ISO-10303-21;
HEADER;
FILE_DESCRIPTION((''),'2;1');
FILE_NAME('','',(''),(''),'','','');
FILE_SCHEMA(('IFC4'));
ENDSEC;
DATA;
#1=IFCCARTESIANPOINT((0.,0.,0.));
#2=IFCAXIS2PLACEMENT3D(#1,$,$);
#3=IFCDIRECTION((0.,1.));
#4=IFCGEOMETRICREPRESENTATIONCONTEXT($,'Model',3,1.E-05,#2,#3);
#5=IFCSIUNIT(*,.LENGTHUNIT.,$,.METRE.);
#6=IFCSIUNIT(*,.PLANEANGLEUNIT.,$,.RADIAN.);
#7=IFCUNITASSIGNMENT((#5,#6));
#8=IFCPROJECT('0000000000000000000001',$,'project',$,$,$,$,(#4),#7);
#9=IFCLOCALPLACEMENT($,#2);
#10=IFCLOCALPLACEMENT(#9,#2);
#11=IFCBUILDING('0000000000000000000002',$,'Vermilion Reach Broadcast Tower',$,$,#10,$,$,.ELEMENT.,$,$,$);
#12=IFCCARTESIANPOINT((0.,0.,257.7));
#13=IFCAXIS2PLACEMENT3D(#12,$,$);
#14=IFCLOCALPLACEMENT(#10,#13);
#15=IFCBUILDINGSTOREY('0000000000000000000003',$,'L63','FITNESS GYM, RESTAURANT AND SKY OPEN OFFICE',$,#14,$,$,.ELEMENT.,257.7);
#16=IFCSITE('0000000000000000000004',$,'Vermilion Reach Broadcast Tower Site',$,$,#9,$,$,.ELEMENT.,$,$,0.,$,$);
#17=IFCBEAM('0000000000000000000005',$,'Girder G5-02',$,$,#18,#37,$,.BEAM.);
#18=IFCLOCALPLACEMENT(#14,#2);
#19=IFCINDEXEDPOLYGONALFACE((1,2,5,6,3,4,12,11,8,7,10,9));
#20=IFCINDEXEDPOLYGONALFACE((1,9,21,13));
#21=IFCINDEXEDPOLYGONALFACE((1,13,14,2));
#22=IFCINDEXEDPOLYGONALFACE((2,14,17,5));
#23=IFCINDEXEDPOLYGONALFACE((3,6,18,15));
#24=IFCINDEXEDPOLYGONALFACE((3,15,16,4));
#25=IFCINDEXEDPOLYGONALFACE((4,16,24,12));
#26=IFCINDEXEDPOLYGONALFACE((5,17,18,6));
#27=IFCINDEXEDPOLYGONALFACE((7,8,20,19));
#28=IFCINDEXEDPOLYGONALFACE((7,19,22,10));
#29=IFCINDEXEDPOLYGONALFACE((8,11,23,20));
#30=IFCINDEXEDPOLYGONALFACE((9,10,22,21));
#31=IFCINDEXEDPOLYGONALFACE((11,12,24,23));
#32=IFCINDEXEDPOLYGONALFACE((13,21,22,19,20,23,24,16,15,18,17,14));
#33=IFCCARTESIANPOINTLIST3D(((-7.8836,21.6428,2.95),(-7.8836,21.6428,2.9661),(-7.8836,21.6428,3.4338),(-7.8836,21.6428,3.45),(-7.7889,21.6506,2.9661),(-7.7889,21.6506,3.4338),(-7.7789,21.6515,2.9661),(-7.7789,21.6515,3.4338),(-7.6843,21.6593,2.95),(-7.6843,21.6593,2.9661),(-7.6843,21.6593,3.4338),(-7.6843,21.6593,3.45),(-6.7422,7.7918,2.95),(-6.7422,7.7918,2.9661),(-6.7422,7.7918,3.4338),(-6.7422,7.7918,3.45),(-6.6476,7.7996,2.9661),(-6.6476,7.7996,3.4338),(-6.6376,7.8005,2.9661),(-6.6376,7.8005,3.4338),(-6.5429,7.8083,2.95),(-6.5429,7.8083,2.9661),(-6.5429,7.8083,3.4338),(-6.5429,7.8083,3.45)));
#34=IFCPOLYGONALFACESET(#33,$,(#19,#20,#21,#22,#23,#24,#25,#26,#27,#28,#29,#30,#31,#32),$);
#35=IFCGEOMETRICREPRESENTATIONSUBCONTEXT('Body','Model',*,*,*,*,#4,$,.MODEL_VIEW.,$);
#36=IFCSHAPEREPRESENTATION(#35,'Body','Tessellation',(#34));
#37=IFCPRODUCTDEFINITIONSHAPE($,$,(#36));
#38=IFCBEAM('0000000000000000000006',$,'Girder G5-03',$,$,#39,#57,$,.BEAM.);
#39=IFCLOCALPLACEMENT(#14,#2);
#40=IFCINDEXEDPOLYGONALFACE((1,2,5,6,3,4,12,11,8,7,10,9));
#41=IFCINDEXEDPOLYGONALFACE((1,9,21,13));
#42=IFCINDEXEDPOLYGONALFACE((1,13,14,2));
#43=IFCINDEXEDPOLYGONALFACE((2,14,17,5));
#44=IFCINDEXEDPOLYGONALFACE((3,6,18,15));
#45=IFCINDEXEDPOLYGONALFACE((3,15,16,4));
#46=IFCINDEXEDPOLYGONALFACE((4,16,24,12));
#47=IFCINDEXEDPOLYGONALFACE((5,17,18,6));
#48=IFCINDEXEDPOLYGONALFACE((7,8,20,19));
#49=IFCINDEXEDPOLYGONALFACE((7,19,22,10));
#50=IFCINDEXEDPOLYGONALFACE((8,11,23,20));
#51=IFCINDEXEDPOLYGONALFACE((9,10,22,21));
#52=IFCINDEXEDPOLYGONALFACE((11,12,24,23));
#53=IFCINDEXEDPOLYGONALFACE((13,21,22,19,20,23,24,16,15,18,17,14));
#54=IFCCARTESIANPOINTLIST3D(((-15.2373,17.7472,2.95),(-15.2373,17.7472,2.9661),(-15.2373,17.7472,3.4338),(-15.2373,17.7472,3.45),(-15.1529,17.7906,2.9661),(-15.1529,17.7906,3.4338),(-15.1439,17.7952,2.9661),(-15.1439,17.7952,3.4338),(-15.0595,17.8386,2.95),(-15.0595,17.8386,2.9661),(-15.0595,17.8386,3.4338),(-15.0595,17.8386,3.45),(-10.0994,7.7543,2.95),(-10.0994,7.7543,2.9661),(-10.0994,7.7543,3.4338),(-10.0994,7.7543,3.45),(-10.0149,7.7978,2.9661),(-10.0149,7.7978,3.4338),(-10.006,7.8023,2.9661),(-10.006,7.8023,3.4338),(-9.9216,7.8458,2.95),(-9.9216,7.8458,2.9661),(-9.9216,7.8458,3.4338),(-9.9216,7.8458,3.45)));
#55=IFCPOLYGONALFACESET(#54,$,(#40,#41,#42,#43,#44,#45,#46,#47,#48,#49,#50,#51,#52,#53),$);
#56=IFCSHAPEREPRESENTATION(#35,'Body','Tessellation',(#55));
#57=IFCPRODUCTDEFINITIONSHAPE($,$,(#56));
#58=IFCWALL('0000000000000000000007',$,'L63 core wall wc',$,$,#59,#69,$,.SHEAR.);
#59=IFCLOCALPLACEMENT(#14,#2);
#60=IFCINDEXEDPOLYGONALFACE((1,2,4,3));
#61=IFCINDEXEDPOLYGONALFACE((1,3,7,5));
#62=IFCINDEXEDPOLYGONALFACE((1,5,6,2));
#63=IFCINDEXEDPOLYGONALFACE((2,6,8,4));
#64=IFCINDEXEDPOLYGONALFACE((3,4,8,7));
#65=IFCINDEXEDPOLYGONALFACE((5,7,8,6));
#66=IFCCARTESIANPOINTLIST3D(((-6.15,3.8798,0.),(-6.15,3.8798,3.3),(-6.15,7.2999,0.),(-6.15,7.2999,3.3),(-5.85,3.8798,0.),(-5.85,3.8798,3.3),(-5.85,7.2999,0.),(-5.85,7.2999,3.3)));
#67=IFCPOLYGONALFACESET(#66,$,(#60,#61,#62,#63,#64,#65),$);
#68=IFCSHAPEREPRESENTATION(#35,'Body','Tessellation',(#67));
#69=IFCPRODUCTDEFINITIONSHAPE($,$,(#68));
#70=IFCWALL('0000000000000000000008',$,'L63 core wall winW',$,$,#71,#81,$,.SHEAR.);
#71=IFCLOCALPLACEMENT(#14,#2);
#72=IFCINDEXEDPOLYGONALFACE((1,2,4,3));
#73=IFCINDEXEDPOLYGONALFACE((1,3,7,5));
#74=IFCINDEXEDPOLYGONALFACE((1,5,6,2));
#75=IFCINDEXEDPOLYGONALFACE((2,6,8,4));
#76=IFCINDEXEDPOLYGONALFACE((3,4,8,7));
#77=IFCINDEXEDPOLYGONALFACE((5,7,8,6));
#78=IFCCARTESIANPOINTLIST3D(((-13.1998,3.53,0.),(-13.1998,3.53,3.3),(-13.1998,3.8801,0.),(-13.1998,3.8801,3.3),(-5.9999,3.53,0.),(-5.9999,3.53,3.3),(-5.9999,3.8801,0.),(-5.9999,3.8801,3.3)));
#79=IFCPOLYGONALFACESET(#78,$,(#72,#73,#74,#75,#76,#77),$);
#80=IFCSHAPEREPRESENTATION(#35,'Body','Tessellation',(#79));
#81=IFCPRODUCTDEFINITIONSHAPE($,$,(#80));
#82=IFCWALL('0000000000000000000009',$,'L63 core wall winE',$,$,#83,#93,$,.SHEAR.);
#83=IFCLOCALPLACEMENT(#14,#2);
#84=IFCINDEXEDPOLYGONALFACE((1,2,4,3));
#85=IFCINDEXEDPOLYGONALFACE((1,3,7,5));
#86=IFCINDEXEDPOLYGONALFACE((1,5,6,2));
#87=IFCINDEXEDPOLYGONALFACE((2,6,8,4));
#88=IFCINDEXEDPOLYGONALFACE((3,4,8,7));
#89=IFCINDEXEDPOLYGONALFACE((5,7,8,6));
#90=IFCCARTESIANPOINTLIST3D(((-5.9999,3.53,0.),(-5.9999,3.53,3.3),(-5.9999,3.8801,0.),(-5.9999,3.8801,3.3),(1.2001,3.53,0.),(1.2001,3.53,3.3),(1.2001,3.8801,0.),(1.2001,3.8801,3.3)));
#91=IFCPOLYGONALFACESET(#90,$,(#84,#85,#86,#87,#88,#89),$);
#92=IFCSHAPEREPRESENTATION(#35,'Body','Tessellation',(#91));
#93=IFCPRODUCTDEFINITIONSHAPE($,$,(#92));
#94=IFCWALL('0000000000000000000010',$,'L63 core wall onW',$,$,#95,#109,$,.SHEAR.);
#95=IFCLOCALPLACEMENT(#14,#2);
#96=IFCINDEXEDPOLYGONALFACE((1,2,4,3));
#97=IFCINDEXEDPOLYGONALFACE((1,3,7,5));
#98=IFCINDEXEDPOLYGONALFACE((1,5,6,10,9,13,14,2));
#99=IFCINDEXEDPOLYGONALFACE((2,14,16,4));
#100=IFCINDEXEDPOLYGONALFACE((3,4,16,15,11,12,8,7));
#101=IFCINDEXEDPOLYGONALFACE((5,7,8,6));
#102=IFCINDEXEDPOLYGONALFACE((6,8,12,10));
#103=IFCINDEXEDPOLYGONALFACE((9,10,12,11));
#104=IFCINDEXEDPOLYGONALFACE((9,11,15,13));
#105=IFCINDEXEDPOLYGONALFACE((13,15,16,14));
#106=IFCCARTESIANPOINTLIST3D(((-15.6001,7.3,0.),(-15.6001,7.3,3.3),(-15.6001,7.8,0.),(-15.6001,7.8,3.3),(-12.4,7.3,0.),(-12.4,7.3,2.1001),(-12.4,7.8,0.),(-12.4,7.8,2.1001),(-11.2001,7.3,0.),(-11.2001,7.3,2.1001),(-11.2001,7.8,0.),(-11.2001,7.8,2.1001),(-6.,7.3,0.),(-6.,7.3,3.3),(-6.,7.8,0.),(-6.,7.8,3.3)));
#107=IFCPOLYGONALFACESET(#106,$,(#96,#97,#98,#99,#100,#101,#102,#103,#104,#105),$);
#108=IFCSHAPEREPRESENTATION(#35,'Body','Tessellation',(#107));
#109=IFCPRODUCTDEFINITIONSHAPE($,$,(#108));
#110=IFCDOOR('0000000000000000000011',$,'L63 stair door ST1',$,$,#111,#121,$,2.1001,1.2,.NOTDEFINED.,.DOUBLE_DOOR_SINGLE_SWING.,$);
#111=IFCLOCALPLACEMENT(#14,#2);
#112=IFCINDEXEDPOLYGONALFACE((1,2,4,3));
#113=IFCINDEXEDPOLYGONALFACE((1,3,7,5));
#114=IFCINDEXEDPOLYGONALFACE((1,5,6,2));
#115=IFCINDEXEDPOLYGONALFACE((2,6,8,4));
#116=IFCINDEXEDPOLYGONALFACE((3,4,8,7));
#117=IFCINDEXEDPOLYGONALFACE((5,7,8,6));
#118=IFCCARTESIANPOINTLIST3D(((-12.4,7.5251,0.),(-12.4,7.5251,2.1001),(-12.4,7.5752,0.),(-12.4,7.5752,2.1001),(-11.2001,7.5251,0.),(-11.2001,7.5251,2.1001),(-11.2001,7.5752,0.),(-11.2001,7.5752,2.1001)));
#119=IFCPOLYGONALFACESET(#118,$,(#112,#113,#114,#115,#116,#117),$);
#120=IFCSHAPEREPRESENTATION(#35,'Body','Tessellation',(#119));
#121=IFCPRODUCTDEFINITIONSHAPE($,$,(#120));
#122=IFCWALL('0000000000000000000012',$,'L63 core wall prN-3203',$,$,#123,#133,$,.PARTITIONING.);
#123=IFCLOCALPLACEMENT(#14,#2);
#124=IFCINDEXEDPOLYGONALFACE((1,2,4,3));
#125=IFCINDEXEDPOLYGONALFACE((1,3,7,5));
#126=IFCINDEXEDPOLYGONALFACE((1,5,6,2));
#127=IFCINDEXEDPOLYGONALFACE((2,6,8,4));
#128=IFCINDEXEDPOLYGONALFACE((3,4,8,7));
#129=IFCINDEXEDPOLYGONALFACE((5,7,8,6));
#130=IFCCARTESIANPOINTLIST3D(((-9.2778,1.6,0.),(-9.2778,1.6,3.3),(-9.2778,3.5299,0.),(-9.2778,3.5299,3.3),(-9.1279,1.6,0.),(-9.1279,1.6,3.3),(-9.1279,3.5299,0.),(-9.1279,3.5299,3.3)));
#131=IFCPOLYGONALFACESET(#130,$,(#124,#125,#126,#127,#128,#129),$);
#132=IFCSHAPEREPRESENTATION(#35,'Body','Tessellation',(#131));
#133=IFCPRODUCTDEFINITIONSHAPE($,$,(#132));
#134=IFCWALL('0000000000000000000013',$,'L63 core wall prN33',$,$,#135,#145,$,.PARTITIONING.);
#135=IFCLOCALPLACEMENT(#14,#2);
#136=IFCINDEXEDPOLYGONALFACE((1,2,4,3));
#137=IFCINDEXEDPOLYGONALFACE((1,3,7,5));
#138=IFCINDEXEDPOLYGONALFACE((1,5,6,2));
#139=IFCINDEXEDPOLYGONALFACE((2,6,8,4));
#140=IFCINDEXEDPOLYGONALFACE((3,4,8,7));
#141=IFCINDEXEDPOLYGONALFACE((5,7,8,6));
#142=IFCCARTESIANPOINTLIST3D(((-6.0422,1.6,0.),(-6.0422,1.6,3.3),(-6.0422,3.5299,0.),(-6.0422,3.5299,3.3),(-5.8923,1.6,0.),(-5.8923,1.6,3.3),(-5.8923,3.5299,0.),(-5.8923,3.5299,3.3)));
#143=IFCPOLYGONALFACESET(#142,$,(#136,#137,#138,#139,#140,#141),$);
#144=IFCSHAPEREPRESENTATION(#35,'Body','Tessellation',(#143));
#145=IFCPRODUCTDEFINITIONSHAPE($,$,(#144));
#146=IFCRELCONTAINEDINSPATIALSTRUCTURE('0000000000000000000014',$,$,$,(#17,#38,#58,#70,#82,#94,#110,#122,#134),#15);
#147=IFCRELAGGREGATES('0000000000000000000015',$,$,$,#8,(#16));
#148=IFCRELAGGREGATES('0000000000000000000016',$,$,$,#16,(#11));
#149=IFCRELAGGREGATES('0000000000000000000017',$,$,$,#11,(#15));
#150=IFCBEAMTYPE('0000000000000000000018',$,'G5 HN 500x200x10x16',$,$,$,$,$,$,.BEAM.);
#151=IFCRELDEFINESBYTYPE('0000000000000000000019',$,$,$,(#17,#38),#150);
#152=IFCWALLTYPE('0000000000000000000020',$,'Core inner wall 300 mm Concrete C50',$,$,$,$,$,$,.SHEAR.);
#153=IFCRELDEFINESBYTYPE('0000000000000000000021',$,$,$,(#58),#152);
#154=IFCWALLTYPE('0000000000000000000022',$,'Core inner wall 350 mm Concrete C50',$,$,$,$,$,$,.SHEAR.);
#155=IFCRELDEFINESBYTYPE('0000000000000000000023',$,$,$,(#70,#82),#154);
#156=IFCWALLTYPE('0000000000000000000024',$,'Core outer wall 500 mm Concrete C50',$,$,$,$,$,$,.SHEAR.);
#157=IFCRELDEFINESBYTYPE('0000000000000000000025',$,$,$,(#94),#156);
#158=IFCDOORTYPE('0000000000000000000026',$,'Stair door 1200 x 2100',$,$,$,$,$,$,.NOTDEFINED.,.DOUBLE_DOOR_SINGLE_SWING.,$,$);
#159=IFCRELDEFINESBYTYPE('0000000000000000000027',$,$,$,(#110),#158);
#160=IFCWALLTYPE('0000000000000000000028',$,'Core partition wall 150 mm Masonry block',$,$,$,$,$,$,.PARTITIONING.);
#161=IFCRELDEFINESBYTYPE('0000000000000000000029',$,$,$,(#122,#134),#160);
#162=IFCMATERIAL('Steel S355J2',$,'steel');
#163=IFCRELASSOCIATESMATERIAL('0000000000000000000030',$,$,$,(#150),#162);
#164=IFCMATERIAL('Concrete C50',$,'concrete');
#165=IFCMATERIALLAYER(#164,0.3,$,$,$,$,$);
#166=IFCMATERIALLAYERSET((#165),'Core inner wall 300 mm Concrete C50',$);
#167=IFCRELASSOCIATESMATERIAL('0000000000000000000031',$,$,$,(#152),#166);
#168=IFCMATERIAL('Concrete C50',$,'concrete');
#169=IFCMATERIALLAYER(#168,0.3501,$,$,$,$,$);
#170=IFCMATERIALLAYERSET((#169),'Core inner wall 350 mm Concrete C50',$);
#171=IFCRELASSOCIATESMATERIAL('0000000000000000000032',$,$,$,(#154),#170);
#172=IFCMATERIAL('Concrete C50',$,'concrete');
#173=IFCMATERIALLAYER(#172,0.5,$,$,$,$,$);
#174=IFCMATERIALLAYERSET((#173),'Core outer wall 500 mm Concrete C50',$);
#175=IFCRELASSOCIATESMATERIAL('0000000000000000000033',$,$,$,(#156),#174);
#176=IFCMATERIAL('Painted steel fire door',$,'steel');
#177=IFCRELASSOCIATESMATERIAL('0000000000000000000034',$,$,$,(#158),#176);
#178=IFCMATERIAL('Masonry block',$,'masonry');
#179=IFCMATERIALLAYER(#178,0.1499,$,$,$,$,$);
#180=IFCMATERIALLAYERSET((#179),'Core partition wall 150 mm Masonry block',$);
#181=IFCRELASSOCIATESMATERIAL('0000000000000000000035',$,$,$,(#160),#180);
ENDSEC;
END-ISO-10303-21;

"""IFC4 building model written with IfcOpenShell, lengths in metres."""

from ifc_helpers import new_model, si_unit, direction, frame, frame_2d, origin, origin_2d, place, context, subcontext, project, spatial, rectangle, i_section, extrude, material, layer, layer_set, material_profile, profile_set, type_object, element, fill, save


model = new_model("IFC4")

# Units and contexts
model_context = context("Model", 3, precision=1e-05, world=origin(), true_north=direction((0.0, 1.0)))
body_context = subcontext(model_context, "Body", "Model", "MODEL_VIEW")
ifc_project = project(units=[si_unit("LENGTHUNIT", "METRE"), si_unit("PLANEANGLEUNIT", "RADIAN")], contexts=[model_context])

# Site, building, storey
site_placement = place(None, origin())
site = spatial("IfcSite", under=ifc_project, at=site_placement, Name="Vermilion Reach Broadcast Tower Site", CompositionType="ELEMENT", RefElevation=0.0)
building_placement = place(site_placement, origin())
building = spatial("IfcBuilding", under=site, at=building_placement, Name="Vermilion Reach Broadcast Tower", CompositionType="ELEMENT")
storey_placement = place(building_placement, frame((0.0, 0.0, 257.7)))
storey = spatial("IfcBuildingStorey", under=building, at=storey_placement, Name="L63", Description="FITNESS GYM, RESTAURANT AND SKY OPEN OFFICE", CompositionType="ELEMENT", Elevation=257.7)

# Beams
ifc_material_1 = material(Name="Steel S355J2", Category="steel")
ifc_material_profile = material_profile(ifc_material_1, i_section(OverallWidth=0.2, OverallDepth=0.5, WebThickness=0.01, FlangeThickness=0.0161, at=origin_2d()), Name="S355J2 HN 500x200x10x16")
ifc_profile_set = profile_set([ifc_material_profile], Name="Steel S355J2")
beam_type = type_object("IfcBeamType", Name="G5 HN 500x200x10x16", PredefinedType="BEAM", material=ifc_profile_set)
beam_1_placement = place(storey_placement, frame((-6.6426, 7.8, 3.2), z_axis=(-0.082124, 0.996622, 0.0), x_axis=(-0.996622, -0.082124, 0.0)))
element("IfcBeam", 1, at=beam_1_placement, inside=storey, type_object=beam_type, Name="Girder G5-02", PredefinedType="BEAM", context=body_context, shape_type="SweptSolid", body=[
    extrude(i_section(OverallWidth=0.2, OverallDepth=0.5, WebThickness=0.01, FlangeThickness=0.0161, at=origin_2d()), origin(), (0.0, 0.0, 1.0), 13.8979),
])
beam_2_placement = place(storey_placement, frame((-10.0105, 7.8, 3.2), z_axis=(-0.457258, 0.889334, 0.0), x_axis=(-0.889334, -0.457258, 0.0)))
element("IfcBeam", 2, at=beam_2_placement, inside=storey, type_object=beam_type, Name="Girder G5-03", PredefinedType="BEAM", context=body_context, shape_type="SweptSolid", body=[
    extrude(i_section(OverallWidth=0.2, OverallDepth=0.5, WebThickness=0.01, FlangeThickness=0.0161, at=origin_2d()), origin(), (0.0, 0.0, 1.0), 11.2363),
])

# Walls
ifc_material_2 = material(Name="Concrete C50", Category="concrete")
ifc_layer_1 = layer(ifc_material_2, 0.3)
ifc_layer_set_1 = layer_set([ifc_layer_1], Name="Core inner wall 300 mm Concrete C50")
wall_type_1 = type_object("IfcWallType", Name="Core inner wall 300 mm Concrete C50", PredefinedType="SHEAR", material=ifc_layer_set_1)
wall_1_placement = place(storey_placement, frame((-6.0, 3.8799, 0.0), z_axis=(0.0, 0.0, 1.0), x_axis=(0.0, 1.0, 0.0)))
element("IfcWall", 3, at=wall_1_placement, inside=storey, type_object=wall_type_1, Name="L63 core wall wc", PredefinedType="SHEAR", context=body_context, shape_type="SweptSolid", body=[
    extrude(rectangle(XDim=3.4202, YDim=0.3, at=frame_2d((1.71, 0.0))), origin(), (0.0, 0.0, 1.0), 3.3),
])
ifc_material_3 = material(Name="Concrete C50", Category="concrete")
ifc_layer_2 = layer(ifc_material_3, 0.3501)
ifc_layer_set_2 = layer_set([ifc_layer_2], Name="Core inner wall 350 mm Concrete C50")
wall_type_2 = type_object("IfcWallType", Name="Core inner wall 350 mm Concrete C50", PredefinedType="SHEAR", material=ifc_layer_set_2)
for number, where, z_axis, x_axis, name in (
    (4, (-13.2, 3.7051, 0.0), (0.0, 0.0, 1.0), (1.0, 0.0, 0.0), "L63 core wall winW"),
    (5, (-6.0, 3.7051, 0.0), (0.0, 0.0, 1.0), (1.0, 0.0, 0.0), "L63 core wall winE"),
):
    element("IfcWall", number, at=place(storey_placement, frame(where, z_axis=z_axis, x_axis=x_axis)), inside=storey, type_object=wall_type_2, Name=name, PredefinedType="SHEAR", context=body_context, shape_type="SweptSolid", body=[
        extrude(rectangle(XDim=7.2, YDim=0.3501, at=frame_2d((3.6001, 0.0))), origin(), (0.0, 0.0, 1.0), 3.3),
    ])

# Wall, opening, door
ifc_material_4 = material(Name="Concrete C50", Category="concrete")
ifc_layer_3 = layer(ifc_material_4, 0.5)
ifc_layer_set_3 = layer_set([ifc_layer_3], Name="Core outer wall 500 mm Concrete C50")
wall_type_3 = type_object("IfcWallType", Name="Core outer wall 500 mm Concrete C50", PredefinedType="SHEAR", material=ifc_layer_set_3)
wall_2_placement = place(storey_placement, frame((-6.0, 7.55, 0.0), z_axis=(0.0, 0.0, 1.0), x_axis=(-1.0, 0.0, 0.0)))
wall_2 = element("IfcWall", 6, at=wall_2_placement, inside=storey, type_object=wall_type_3, Name="L63 core wall onW", PredefinedType="SHEAR", context=body_context, shape_type="SweptSolid", body=[
    extrude(rectangle(XDim=9.6001, YDim=0.5, at=frame_2d((4.8, 0.0))), origin(), (0.0, 0.0, 1.0), 3.3),
])
opening_1_placement = place(wall_2_placement, frame((5.2, 0.0, 0.0)))
opening_1 = element("IfcOpeningElement", 7, at=opening_1_placement, cuts=wall_2, PredefinedType="OPENING", context=body_context, shape_type="SweptSolid", body=[
    extrude(rectangle(XDim=1.2, YDim=2.1001, at=frame_2d((0.6001, 1.05))), frame((0.0, 0.26, 0.0), z_axis=(0.0, -1.0, 0.0), x_axis=(1.0, 0.0, 0.0)), (0.0, 0.0, 1.0), 0.52),
])
ifc_material_5 = material(Name="Painted steel fire door", Category="steel")
door_type_1 = type_object("IfcDoorType", Name="Stair door 1200 x 2100", OperationType="DOUBLE_DOOR_SINGLE_SWING", PredefinedType="NOTDEFINED", material=ifc_material_5)
door_1_placement = place(opening_1_placement, origin())
door_1 = element("IfcDoor", 8, at=door_1_placement, inside=storey, type_object=door_type_1, Name="L63 stair door ST1", OperationType="DOUBLE_DOOR_SINGLE_SWING", OverallHeight=2.1001, OverallWidth=1.2, PredefinedType="NOTDEFINED", context=body_context, shape_type="SweptSolid", body=[
    extrude(rectangle(XDim=1.2, YDim=2.1001, at=frame_2d((0.6001, 1.05))), frame((0.0, 0.0249, 0.0), z_axis=(0.0, -1.0, 0.0), x_axis=(1.0, 0.0, 0.0)), (0.0, 0.0, 1.0), 0.05),
])
fill(opening_1, door_1)

# Walls
ifc_material_6 = material(Name="Masonry block", Category="masonry")
ifc_layer_4 = layer(ifc_material_6, 0.1499)
ifc_layer_set_4 = layer_set([ifc_layer_4], Name="Core partition wall 150 mm Masonry block")
wall_type_4 = type_object("IfcWallType", Name="Core partition wall 150 mm Masonry block", PredefinedType="PARTITIONING", material=ifc_layer_set_4)
for number, where, z_axis, x_axis, name in (
    (9, (-9.2029, 1.6001, 0.0), (0.0, 0.0, 1.0), (0.0, 1.0, 0.0), "L63 core wall prN-3203"),
    (10, (-5.9673, 1.6001, 0.0), (0.0, 0.0, 1.0), (0.0, 1.0, 0.0), "L63 core wall prN33"),
):
    element("IfcWall", number, at=place(storey_placement, frame(where, z_axis=z_axis, x_axis=x_axis)), inside=storey, type_object=wall_type_4, Name=name, PredefinedType="PARTITIONING", context=body_context, shape_type="SweptSolid", body=[
        extrude(rectangle(XDim=1.9299, YDim=0.1499, at=frame_2d((0.9648, 0.0))), origin(), (0.0, 0.0, 1.0), 3.3),
    ])

save(model, "model.ifc")
